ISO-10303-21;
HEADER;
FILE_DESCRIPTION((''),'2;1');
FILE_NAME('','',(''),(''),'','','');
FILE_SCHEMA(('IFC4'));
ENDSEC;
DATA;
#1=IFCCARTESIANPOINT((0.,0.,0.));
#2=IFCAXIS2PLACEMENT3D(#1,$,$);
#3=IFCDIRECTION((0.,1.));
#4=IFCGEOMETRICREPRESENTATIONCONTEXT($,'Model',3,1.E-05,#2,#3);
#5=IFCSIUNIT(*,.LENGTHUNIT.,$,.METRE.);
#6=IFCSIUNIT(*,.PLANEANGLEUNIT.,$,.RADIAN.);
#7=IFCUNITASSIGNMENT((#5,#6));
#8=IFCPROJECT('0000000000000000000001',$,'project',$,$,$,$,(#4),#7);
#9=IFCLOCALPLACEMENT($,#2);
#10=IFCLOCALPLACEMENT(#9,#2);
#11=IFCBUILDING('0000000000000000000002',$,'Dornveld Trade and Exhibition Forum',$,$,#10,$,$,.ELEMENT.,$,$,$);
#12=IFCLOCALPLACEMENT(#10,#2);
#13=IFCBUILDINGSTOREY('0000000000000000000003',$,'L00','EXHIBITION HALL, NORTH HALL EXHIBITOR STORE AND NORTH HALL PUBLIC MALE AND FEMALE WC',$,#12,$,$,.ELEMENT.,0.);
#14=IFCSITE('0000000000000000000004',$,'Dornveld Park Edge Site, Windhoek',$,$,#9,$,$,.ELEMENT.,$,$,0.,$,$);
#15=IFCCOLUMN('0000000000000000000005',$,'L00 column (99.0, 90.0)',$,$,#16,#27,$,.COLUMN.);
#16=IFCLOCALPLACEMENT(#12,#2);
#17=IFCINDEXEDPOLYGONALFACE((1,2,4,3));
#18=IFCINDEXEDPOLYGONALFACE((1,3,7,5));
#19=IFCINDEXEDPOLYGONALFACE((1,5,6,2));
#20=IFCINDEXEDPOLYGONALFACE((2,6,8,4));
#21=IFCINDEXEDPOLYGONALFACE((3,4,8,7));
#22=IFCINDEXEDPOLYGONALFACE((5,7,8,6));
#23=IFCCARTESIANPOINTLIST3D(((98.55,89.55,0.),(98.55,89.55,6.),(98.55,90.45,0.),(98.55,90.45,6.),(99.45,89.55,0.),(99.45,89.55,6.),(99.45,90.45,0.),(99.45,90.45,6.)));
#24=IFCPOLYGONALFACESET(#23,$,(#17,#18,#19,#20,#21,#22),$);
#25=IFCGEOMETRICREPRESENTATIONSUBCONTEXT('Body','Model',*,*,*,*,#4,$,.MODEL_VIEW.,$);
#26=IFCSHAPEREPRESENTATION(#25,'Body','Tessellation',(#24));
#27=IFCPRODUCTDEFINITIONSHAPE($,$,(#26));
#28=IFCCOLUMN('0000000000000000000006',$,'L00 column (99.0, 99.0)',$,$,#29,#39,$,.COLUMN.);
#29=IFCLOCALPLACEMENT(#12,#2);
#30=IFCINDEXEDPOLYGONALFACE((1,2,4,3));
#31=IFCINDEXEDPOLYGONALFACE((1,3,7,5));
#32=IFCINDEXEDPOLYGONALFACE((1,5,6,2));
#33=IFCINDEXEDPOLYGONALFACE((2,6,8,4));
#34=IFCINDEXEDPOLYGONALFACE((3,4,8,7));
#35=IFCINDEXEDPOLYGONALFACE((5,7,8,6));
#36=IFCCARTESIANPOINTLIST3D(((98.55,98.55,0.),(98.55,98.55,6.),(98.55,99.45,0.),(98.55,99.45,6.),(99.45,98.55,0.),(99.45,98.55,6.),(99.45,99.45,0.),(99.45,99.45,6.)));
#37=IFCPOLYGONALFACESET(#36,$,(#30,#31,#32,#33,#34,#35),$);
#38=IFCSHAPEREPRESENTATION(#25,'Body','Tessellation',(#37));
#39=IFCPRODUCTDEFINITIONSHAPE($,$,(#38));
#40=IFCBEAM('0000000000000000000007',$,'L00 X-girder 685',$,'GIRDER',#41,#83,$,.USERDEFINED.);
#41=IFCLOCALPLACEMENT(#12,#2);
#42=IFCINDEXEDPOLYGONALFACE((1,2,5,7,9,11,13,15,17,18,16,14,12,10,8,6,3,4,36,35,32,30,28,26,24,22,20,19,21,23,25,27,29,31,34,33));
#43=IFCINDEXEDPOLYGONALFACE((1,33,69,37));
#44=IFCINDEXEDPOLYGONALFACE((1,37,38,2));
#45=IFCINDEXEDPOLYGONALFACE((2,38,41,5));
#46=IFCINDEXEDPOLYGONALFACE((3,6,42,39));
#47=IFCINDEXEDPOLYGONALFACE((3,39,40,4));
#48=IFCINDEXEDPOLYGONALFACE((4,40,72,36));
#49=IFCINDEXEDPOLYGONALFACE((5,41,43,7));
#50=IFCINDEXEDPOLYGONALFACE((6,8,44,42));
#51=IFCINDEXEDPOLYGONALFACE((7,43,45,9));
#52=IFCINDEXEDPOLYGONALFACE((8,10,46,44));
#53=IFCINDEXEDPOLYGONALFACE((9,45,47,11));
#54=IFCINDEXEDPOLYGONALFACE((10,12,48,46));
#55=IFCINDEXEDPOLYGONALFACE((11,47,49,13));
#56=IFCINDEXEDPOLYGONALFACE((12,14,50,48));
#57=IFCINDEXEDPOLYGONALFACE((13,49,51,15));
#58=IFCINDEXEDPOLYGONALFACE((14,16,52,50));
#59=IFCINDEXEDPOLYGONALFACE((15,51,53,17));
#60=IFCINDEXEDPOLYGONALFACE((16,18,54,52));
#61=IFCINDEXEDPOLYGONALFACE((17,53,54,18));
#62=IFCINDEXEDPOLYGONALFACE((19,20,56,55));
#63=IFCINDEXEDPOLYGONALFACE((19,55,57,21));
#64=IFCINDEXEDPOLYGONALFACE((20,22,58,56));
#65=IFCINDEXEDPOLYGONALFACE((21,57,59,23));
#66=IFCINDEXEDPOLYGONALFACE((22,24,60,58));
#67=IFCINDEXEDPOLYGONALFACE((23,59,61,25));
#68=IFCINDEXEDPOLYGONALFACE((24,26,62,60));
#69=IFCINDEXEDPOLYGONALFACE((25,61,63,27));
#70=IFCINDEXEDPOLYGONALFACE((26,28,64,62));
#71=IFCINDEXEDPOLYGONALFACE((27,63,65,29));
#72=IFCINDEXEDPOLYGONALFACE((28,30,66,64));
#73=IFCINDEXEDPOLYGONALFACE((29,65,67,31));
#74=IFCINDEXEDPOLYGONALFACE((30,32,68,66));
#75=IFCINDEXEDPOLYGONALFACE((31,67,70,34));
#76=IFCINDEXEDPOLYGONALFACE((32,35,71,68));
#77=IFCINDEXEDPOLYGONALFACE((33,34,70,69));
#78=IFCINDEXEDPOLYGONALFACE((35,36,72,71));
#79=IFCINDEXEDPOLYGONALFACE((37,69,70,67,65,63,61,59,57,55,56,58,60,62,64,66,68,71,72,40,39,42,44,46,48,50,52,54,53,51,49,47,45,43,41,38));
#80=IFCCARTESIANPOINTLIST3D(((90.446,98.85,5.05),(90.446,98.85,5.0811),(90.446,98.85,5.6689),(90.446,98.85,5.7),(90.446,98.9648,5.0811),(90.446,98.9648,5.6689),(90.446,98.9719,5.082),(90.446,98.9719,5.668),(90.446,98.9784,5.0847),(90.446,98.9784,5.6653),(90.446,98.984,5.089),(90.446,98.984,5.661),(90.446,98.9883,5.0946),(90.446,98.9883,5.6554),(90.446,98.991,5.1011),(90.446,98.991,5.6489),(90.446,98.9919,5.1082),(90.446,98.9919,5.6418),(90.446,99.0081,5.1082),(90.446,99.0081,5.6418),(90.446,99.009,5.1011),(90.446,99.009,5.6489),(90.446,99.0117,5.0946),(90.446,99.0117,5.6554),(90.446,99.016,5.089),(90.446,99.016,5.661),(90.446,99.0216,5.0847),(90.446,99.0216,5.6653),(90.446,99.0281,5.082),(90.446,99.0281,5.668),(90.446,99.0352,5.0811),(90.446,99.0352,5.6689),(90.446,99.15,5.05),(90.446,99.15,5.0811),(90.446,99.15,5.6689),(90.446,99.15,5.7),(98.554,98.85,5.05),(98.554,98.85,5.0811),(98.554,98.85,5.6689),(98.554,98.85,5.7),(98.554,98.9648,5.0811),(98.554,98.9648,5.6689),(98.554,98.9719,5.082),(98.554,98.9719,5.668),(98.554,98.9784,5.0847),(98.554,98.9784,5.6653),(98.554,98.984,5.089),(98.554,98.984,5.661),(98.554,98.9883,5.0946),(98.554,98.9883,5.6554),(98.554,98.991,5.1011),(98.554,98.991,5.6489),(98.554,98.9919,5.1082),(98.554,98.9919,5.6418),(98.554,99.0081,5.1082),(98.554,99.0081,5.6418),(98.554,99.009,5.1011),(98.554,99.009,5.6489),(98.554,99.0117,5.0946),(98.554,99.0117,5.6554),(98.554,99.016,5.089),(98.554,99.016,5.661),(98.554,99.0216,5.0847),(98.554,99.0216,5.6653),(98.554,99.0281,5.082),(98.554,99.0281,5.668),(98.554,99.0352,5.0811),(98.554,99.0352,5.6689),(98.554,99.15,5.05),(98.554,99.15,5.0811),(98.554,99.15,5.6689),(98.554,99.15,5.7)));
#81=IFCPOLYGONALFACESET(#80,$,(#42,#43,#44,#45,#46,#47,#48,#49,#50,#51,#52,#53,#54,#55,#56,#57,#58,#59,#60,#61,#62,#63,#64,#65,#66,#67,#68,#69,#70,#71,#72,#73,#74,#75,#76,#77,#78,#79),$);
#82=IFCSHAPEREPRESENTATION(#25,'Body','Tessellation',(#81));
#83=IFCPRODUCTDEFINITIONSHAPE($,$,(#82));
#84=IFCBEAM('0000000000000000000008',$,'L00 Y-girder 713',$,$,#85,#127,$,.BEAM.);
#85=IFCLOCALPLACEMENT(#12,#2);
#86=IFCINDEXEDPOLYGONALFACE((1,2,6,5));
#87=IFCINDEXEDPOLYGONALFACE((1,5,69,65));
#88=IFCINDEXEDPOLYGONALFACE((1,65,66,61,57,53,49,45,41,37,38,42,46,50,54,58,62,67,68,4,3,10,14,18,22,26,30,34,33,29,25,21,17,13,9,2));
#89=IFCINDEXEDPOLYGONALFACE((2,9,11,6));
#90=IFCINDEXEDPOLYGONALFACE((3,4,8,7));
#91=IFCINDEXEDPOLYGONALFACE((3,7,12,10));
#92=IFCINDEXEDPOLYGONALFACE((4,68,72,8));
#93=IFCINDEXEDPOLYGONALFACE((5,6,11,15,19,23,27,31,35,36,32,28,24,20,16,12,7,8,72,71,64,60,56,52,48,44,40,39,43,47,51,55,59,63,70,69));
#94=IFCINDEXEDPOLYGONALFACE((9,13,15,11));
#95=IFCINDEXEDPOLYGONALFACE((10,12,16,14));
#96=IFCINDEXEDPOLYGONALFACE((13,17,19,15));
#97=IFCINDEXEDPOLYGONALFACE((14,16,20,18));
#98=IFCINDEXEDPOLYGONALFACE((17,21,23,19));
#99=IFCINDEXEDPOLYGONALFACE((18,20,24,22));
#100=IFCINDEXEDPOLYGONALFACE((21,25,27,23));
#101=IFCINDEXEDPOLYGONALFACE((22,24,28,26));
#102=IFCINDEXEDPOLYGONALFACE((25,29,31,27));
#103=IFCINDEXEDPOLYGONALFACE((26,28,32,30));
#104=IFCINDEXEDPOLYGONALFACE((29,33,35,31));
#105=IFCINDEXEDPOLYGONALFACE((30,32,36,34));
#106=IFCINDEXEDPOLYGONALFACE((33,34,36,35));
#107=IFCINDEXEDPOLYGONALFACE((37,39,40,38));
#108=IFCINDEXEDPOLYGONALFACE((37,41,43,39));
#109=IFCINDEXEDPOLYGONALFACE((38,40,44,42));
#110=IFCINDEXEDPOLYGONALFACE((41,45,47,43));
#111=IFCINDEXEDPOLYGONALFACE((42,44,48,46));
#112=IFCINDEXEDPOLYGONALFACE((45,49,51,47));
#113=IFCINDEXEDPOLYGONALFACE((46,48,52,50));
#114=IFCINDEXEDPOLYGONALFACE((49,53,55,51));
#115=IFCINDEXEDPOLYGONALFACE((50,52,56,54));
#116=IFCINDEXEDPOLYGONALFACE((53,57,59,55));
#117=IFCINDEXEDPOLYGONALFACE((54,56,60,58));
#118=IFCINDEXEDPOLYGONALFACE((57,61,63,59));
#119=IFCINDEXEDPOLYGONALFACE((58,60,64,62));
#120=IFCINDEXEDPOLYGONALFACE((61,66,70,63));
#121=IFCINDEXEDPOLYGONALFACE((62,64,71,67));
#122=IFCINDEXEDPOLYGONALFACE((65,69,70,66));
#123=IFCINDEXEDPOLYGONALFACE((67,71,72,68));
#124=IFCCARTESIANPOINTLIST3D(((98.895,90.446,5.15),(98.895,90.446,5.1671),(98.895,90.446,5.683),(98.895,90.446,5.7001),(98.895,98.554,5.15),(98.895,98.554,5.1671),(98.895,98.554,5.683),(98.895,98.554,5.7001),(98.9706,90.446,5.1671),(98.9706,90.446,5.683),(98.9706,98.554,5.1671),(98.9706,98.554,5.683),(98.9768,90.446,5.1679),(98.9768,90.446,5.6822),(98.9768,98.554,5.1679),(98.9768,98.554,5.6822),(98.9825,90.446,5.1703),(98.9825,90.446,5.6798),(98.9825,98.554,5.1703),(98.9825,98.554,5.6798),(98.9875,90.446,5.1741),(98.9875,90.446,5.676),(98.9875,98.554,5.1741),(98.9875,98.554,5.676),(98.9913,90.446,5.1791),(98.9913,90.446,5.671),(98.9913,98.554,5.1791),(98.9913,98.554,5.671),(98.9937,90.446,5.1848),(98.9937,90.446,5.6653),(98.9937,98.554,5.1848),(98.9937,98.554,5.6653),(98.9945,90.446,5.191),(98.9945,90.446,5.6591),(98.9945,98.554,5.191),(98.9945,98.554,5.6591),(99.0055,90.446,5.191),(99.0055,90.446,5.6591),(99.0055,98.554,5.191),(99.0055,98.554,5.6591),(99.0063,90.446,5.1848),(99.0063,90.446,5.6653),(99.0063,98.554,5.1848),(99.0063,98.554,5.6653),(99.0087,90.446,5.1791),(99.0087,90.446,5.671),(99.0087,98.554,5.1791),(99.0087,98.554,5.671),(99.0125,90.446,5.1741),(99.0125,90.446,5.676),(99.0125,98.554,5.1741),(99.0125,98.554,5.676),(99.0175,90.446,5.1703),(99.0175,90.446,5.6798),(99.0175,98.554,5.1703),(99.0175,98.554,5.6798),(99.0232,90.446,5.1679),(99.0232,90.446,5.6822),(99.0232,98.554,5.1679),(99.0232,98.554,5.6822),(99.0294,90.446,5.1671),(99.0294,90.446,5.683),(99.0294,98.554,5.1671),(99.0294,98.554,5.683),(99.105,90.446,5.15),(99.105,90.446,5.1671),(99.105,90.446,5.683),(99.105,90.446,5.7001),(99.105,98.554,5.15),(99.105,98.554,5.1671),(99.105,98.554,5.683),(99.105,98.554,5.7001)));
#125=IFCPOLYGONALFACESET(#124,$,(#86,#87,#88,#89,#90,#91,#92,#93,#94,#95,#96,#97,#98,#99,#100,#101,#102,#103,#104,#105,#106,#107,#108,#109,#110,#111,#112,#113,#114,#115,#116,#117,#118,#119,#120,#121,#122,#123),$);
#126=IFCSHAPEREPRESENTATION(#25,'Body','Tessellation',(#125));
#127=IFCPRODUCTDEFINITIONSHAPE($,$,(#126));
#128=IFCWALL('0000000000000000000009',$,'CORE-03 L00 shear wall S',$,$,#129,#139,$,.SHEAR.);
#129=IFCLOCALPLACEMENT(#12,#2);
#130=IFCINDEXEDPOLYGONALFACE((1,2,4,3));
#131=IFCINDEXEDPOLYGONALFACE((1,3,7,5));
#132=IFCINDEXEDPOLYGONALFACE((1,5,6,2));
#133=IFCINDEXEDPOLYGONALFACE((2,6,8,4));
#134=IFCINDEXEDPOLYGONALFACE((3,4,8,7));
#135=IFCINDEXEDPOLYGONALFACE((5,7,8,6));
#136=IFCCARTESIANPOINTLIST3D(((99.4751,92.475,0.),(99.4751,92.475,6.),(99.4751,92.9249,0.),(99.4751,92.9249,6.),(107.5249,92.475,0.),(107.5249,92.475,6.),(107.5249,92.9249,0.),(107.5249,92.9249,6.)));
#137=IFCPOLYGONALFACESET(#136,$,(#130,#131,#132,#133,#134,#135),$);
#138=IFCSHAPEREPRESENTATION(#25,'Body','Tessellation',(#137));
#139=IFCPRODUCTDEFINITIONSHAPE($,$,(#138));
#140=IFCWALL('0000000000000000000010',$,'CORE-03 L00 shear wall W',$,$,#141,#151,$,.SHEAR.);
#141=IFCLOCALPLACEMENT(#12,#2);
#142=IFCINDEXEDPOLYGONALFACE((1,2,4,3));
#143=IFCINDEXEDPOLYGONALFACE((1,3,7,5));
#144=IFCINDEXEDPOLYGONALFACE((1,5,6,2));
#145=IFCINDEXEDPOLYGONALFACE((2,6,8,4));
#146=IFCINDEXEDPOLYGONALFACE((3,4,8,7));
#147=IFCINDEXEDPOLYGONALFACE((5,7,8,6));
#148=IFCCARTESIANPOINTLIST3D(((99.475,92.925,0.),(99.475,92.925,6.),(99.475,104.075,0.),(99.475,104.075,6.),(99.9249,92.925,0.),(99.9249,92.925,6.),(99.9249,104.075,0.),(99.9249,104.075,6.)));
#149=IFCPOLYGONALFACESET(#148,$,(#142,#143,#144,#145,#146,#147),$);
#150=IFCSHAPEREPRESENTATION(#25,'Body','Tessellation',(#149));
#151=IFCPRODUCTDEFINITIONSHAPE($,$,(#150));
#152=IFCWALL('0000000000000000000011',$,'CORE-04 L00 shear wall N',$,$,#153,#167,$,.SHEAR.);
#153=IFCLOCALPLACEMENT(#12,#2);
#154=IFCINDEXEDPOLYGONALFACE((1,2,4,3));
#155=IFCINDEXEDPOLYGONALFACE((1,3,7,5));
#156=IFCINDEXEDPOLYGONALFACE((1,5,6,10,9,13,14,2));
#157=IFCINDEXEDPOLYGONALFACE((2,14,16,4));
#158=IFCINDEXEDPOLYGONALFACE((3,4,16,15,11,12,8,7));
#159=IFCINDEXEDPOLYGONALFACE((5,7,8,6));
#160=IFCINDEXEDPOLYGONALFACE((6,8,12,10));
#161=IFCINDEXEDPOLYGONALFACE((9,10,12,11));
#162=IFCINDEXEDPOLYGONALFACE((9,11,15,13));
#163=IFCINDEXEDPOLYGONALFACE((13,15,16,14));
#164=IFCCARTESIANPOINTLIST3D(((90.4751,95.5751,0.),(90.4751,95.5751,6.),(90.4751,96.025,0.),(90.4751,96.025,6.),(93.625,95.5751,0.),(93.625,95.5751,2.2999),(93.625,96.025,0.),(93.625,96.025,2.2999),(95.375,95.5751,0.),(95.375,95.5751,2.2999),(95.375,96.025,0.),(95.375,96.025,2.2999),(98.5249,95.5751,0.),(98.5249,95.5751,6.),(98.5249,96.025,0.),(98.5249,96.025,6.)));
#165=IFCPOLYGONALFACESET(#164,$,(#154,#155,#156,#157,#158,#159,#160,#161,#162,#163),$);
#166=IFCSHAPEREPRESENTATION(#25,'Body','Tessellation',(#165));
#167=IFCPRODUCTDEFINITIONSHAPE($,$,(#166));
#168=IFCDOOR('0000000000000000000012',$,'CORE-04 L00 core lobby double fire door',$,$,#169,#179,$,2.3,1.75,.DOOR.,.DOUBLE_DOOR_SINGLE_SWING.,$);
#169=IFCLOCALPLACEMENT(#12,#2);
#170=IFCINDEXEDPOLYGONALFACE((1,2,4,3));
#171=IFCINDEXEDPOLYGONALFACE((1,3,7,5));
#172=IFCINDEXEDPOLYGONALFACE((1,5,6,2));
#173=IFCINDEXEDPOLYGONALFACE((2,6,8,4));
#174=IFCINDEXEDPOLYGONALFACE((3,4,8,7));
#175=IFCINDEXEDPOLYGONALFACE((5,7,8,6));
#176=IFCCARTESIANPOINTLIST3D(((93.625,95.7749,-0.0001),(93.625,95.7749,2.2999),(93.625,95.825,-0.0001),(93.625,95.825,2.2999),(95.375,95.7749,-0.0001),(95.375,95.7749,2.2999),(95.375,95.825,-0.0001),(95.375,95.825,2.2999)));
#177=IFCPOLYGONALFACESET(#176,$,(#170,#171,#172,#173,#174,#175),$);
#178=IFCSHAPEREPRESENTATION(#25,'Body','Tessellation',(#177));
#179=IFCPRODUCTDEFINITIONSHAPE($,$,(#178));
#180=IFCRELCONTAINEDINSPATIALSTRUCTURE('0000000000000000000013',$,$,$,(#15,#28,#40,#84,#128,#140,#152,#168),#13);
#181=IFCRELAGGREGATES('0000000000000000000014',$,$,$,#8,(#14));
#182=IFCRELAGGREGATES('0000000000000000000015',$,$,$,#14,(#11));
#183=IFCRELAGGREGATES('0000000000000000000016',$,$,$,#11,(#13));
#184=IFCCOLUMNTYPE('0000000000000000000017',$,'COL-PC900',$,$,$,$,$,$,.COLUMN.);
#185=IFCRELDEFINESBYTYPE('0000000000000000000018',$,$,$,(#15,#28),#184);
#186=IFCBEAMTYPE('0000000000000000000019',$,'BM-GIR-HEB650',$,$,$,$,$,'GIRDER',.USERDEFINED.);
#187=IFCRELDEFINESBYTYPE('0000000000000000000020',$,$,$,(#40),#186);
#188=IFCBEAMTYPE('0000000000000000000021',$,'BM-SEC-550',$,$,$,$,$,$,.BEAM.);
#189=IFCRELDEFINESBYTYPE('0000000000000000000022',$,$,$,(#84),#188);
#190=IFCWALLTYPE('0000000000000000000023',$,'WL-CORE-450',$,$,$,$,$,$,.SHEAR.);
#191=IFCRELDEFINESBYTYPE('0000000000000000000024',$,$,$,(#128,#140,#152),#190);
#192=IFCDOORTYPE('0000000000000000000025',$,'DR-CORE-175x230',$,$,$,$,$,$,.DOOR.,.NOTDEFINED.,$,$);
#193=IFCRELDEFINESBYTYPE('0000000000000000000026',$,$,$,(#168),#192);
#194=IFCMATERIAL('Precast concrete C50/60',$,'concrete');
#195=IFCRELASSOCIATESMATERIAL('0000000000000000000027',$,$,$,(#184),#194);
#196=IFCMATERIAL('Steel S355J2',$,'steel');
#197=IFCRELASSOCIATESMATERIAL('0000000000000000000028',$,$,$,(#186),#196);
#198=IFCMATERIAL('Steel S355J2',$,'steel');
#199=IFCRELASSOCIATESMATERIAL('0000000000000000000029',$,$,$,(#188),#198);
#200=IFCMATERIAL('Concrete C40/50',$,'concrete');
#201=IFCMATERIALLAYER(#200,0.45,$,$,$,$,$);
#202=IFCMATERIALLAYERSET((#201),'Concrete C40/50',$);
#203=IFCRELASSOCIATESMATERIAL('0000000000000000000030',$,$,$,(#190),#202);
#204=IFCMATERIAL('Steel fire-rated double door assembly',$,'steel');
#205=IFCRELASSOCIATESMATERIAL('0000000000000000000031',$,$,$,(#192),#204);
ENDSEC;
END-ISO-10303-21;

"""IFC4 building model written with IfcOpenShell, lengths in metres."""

from ifc_helpers import new_model, si_unit, direction, frame, frame_2d, origin, origin_2d, place, context, subcontext, project, spatial, rectangle, i_section, extrude, material, layer, layer_set, material_profile, profile_set, type_object, element, fill, save


model = new_model("IFC4")

# Units and contexts
model_context = context("Model", 3, precision=1e-05, world=origin(), true_north=direction((0.0, 1.0)))
body_context = subcontext(model_context, "Body", "Model", "MODEL_VIEW")
ifc_project = project(units=[si_unit("LENGTHUNIT", "METRE"), si_unit("PLANEANGLEUNIT", "RADIAN")], contexts=[model_context])

# Site, building, storey
site_placement = place(None, origin())
site = spatial("IfcSite", under=ifc_project, at=site_placement, Name="Dornveld Park Edge Site, Windhoek", CompositionType="ELEMENT", RefElevation=0.0)
building_placement = place(site_placement, origin())
building = spatial("IfcBuilding", under=site, at=building_placement, Name="Dornveld Trade and Exhibition Forum", CompositionType="ELEMENT")
storey_placement = place(building_placement, origin())
storey = spatial("IfcBuildingStorey", under=building, at=storey_placement, Name="L00", Description="EXHIBITION HALL, NORTH HALL EXHIBITOR STORE AND NORTH HALL PUBLIC MALE AND FEMALE WC", CompositionType="ELEMENT", Elevation=0.0)

# Columns
ifc_material_1 = material(Name="Precast concrete C50/60", Category="concrete")
ifc_material_profile_1 = material_profile(ifc_material_1, rectangle(XDim=0.8999, YDim=0.8999, at=origin_2d()), Name="PC-COL 900x900")
ifc_profile_set_1 = profile_set([ifc_material_profile_1], Name="Precast concrete C50/60")
column_type = type_object("IfcColumnType", Name="COL-PC900", PredefinedType="COLUMN", material=ifc_profile_set_1)
for number, where, z_axis, x_axis, name in (
    (1, (99.0, 90.0, 0.0), (0.0, 0.0, 1.0), (1.0, 0.0, 0.0), "L00 column (99.0, 90.0)"),
    (2, (99.0, 99.0, 0.0), (0.0, 0.0, 1.0), (1.0, 0.0, 0.0), "L00 column (99.0, 99.0)"),
):
    element("IfcColumn", number, at=place(storey_placement, frame(where, z_axis=z_axis, x_axis=x_axis)), inside=storey, type_object=column_type, Name=name, PredefinedType="COLUMN", context=body_context, shape_type="SweptSolid", body=[
        extrude(rectangle(XDim=0.8999, YDim=0.8999, at=origin_2d()), origin(), (0.0, 0.0, 1.0), 6.0),
    ])

# Beams
ifc_material_2 = material(Name="Steel S355J2", Category="steel")
ifc_material_profile_2 = material_profile(ifc_material_2, i_section(OverallWidth=0.3, OverallDepth=0.6499, WebThickness=0.0161, FlangeThickness=0.031, FilletRadius=0.0271, at=origin_2d()), Name="HEB 650")
ifc_profile_set_2 = profile_set([ifc_material_profile_2], Name="Steel S355J2")
beam_type_1 = type_object("IfcBeamType", Name="BM-GIR-HEB650", ElementType="GIRDER", PredefinedType="USERDEFINED", material=ifc_profile_set_2)
beam_1_placement = place(storey_placement, frame((90.446, 99.0, 5.375), z_axis=(1.0, 0.0, 0.0), x_axis=(0.0, 1.0, 0.0)))
element("IfcBeam", 3, at=beam_1_placement, inside=storey, type_object=beam_type_1, Name="L00 X-girder 685", ObjectType="GIRDER", PredefinedType="USERDEFINED", context=body_context, shape_type="SweptSolid", body=[
    extrude(i_section(OverallWidth=0.3, OverallDepth=0.6499, WebThickness=0.0161, FlangeThickness=0.031, FilletRadius=0.0271, at=origin_2d()), origin(), (0.0, 0.0, 1.0), 8.1079),
])
ifc_material_3 = material(Name="Steel S355J2", Category="steel")
ifc_material_profile_3 = material_profile(ifc_material_3, i_section(OverallWidth=0.21, OverallDepth=0.55, WebThickness=0.011, FlangeThickness=0.0171, FilletRadius=0.0239, at=origin_2d()), Name="IPE 550")
ifc_profile_set_3 = profile_set([ifc_material_profile_3], Name="Steel S355J2")
beam_type_2 = type_object("IfcBeamType", Name="BM-SEC-550", PredefinedType="BEAM", material=ifc_profile_set_3)
beam_2_placement = place(storey_placement, frame((99.0, 90.446, 5.425), z_axis=(0.0, 1.0, 0.0), x_axis=(-1.0, 0.0, 0.0)))
element("IfcBeam", 4, at=beam_2_placement, inside=storey, type_object=beam_type_2, Name="L00 Y-girder 713", PredefinedType="BEAM", context=body_context, shape_type="SweptSolid", body=[
    extrude(i_section(OverallWidth=0.21, OverallDepth=0.55, WebThickness=0.011, FlangeThickness=0.0171, FilletRadius=0.0239, at=origin_2d()), origin(), (0.0, 0.0, 1.0), 8.1079),
])

# Walls
ifc_material_4 = material(Name="Concrete C40/50", Category="concrete")
ifc_layer_1 = layer(ifc_material_4, 0.45)
ifc_layer_set_1 = layer_set([ifc_layer_1], Name="Concrete C40/50")
wall_type_1 = type_object("IfcWallType", Name="WL-CORE-450", PredefinedType="SHEAR", material=ifc_layer_set_1)
wall_1_placement = place(storey_placement, frame((99.4751, 92.7, 0.0), z_axis=(0.0, 0.0, 1.0), x_axis=(1.0, 0.0, 0.0)))
element("IfcWall", 5, at=wall_1_placement, inside=storey, type_object=wall_type_1, Name="CORE-03 L00 shear wall S", PredefinedType="SHEAR", context=body_context, shape_type="SweptSolid", body=[
    extrude(rectangle(XDim=8.0498, YDim=0.45, at=frame_2d((4.0249, 0.0))), origin(), (0.0, 0.0, 1.0), 6.0),
])
wall_2_placement = place(storey_placement, frame((99.7, 92.925, 0.0), z_axis=(0.0, 0.0, 1.0), x_axis=(0.0, 1.0, 0.0)))
element("IfcWall", 6, at=wall_2_placement, inside=storey, type_object=wall_type_1, Name="CORE-03 L00 shear wall W", PredefinedType="SHEAR", context=body_context, shape_type="SweptSolid", body=[
    extrude(rectangle(XDim=11.1499, YDim=0.45, at=frame_2d((5.575, 0.0))), origin(), (0.0, 0.0, 1.0), 6.0),
])

# Wall, opening, door
wall_3_placement = place(storey_placement, frame((90.4751, 95.8, 0.0), z_axis=(0.0, 0.0, 1.0), x_axis=(1.0, 0.0, 0.0)))
wall_3 = element("IfcWall", 7, at=wall_3_placement, inside=storey, type_object=wall_type_1, Name="CORE-04 L00 shear wall N", PredefinedType="SHEAR", context=body_context, shape_type="SweptSolid", body=[
    extrude(rectangle(XDim=8.0498, YDim=0.45, at=frame_2d((4.0249, 0.0))), origin(), (0.0, 0.0, 1.0), 6.0),
])
opening_1_placement = place(wall_3_placement, frame((3.1499, 0.0, 0.0)))
opening_1 = element("IfcOpeningElement", 8, at=opening_1_placement, cuts=wall_3, PredefinedType="OPENING", context=body_context, shape_type="SweptSolid", body=[
    extrude(rectangle(XDim=1.75, YDim=2.3, at=frame_2d((0.875, 1.1499))), frame((0.0, 0.2349, 0.0), z_axis=(0.0, -1.0, 0.0), x_axis=(1.0, 0.0, 0.0)), (0.0, 0.0, 1.0), 0.47),
])
ifc_material_5 = material(Name="Steel fire-rated double door assembly", Category="steel")
door_type_1 = type_object("IfcDoorType", Name="DR-CORE-175x230", OperationType="NOTDEFINED", PredefinedType="DOOR", material=ifc_material_5)
door_1_placement = place(opening_1_placement, origin())
door_1 = element("IfcDoor", 9, at=door_1_placement, inside=storey, type_object=door_type_1, Name="CORE-04 L00 core lobby double fire door", OperationType="DOUBLE_DOOR_SINGLE_SWING", OverallHeight=2.3, OverallWidth=1.75, PredefinedType="DOOR", context=body_context, shape_type="SweptSolid", body=[
    extrude(rectangle(XDim=1.75, YDim=2.3, at=frame_2d((0.875, 1.1499))), frame((0.0, 0.0249, 0.0), z_axis=(0.0, -1.0, 0.0), x_axis=(1.0, 0.0, 0.0)), (0.0, 0.0, 1.0), 0.05),
])
fill(opening_1, door_1)

save(model, "model.ifc")
